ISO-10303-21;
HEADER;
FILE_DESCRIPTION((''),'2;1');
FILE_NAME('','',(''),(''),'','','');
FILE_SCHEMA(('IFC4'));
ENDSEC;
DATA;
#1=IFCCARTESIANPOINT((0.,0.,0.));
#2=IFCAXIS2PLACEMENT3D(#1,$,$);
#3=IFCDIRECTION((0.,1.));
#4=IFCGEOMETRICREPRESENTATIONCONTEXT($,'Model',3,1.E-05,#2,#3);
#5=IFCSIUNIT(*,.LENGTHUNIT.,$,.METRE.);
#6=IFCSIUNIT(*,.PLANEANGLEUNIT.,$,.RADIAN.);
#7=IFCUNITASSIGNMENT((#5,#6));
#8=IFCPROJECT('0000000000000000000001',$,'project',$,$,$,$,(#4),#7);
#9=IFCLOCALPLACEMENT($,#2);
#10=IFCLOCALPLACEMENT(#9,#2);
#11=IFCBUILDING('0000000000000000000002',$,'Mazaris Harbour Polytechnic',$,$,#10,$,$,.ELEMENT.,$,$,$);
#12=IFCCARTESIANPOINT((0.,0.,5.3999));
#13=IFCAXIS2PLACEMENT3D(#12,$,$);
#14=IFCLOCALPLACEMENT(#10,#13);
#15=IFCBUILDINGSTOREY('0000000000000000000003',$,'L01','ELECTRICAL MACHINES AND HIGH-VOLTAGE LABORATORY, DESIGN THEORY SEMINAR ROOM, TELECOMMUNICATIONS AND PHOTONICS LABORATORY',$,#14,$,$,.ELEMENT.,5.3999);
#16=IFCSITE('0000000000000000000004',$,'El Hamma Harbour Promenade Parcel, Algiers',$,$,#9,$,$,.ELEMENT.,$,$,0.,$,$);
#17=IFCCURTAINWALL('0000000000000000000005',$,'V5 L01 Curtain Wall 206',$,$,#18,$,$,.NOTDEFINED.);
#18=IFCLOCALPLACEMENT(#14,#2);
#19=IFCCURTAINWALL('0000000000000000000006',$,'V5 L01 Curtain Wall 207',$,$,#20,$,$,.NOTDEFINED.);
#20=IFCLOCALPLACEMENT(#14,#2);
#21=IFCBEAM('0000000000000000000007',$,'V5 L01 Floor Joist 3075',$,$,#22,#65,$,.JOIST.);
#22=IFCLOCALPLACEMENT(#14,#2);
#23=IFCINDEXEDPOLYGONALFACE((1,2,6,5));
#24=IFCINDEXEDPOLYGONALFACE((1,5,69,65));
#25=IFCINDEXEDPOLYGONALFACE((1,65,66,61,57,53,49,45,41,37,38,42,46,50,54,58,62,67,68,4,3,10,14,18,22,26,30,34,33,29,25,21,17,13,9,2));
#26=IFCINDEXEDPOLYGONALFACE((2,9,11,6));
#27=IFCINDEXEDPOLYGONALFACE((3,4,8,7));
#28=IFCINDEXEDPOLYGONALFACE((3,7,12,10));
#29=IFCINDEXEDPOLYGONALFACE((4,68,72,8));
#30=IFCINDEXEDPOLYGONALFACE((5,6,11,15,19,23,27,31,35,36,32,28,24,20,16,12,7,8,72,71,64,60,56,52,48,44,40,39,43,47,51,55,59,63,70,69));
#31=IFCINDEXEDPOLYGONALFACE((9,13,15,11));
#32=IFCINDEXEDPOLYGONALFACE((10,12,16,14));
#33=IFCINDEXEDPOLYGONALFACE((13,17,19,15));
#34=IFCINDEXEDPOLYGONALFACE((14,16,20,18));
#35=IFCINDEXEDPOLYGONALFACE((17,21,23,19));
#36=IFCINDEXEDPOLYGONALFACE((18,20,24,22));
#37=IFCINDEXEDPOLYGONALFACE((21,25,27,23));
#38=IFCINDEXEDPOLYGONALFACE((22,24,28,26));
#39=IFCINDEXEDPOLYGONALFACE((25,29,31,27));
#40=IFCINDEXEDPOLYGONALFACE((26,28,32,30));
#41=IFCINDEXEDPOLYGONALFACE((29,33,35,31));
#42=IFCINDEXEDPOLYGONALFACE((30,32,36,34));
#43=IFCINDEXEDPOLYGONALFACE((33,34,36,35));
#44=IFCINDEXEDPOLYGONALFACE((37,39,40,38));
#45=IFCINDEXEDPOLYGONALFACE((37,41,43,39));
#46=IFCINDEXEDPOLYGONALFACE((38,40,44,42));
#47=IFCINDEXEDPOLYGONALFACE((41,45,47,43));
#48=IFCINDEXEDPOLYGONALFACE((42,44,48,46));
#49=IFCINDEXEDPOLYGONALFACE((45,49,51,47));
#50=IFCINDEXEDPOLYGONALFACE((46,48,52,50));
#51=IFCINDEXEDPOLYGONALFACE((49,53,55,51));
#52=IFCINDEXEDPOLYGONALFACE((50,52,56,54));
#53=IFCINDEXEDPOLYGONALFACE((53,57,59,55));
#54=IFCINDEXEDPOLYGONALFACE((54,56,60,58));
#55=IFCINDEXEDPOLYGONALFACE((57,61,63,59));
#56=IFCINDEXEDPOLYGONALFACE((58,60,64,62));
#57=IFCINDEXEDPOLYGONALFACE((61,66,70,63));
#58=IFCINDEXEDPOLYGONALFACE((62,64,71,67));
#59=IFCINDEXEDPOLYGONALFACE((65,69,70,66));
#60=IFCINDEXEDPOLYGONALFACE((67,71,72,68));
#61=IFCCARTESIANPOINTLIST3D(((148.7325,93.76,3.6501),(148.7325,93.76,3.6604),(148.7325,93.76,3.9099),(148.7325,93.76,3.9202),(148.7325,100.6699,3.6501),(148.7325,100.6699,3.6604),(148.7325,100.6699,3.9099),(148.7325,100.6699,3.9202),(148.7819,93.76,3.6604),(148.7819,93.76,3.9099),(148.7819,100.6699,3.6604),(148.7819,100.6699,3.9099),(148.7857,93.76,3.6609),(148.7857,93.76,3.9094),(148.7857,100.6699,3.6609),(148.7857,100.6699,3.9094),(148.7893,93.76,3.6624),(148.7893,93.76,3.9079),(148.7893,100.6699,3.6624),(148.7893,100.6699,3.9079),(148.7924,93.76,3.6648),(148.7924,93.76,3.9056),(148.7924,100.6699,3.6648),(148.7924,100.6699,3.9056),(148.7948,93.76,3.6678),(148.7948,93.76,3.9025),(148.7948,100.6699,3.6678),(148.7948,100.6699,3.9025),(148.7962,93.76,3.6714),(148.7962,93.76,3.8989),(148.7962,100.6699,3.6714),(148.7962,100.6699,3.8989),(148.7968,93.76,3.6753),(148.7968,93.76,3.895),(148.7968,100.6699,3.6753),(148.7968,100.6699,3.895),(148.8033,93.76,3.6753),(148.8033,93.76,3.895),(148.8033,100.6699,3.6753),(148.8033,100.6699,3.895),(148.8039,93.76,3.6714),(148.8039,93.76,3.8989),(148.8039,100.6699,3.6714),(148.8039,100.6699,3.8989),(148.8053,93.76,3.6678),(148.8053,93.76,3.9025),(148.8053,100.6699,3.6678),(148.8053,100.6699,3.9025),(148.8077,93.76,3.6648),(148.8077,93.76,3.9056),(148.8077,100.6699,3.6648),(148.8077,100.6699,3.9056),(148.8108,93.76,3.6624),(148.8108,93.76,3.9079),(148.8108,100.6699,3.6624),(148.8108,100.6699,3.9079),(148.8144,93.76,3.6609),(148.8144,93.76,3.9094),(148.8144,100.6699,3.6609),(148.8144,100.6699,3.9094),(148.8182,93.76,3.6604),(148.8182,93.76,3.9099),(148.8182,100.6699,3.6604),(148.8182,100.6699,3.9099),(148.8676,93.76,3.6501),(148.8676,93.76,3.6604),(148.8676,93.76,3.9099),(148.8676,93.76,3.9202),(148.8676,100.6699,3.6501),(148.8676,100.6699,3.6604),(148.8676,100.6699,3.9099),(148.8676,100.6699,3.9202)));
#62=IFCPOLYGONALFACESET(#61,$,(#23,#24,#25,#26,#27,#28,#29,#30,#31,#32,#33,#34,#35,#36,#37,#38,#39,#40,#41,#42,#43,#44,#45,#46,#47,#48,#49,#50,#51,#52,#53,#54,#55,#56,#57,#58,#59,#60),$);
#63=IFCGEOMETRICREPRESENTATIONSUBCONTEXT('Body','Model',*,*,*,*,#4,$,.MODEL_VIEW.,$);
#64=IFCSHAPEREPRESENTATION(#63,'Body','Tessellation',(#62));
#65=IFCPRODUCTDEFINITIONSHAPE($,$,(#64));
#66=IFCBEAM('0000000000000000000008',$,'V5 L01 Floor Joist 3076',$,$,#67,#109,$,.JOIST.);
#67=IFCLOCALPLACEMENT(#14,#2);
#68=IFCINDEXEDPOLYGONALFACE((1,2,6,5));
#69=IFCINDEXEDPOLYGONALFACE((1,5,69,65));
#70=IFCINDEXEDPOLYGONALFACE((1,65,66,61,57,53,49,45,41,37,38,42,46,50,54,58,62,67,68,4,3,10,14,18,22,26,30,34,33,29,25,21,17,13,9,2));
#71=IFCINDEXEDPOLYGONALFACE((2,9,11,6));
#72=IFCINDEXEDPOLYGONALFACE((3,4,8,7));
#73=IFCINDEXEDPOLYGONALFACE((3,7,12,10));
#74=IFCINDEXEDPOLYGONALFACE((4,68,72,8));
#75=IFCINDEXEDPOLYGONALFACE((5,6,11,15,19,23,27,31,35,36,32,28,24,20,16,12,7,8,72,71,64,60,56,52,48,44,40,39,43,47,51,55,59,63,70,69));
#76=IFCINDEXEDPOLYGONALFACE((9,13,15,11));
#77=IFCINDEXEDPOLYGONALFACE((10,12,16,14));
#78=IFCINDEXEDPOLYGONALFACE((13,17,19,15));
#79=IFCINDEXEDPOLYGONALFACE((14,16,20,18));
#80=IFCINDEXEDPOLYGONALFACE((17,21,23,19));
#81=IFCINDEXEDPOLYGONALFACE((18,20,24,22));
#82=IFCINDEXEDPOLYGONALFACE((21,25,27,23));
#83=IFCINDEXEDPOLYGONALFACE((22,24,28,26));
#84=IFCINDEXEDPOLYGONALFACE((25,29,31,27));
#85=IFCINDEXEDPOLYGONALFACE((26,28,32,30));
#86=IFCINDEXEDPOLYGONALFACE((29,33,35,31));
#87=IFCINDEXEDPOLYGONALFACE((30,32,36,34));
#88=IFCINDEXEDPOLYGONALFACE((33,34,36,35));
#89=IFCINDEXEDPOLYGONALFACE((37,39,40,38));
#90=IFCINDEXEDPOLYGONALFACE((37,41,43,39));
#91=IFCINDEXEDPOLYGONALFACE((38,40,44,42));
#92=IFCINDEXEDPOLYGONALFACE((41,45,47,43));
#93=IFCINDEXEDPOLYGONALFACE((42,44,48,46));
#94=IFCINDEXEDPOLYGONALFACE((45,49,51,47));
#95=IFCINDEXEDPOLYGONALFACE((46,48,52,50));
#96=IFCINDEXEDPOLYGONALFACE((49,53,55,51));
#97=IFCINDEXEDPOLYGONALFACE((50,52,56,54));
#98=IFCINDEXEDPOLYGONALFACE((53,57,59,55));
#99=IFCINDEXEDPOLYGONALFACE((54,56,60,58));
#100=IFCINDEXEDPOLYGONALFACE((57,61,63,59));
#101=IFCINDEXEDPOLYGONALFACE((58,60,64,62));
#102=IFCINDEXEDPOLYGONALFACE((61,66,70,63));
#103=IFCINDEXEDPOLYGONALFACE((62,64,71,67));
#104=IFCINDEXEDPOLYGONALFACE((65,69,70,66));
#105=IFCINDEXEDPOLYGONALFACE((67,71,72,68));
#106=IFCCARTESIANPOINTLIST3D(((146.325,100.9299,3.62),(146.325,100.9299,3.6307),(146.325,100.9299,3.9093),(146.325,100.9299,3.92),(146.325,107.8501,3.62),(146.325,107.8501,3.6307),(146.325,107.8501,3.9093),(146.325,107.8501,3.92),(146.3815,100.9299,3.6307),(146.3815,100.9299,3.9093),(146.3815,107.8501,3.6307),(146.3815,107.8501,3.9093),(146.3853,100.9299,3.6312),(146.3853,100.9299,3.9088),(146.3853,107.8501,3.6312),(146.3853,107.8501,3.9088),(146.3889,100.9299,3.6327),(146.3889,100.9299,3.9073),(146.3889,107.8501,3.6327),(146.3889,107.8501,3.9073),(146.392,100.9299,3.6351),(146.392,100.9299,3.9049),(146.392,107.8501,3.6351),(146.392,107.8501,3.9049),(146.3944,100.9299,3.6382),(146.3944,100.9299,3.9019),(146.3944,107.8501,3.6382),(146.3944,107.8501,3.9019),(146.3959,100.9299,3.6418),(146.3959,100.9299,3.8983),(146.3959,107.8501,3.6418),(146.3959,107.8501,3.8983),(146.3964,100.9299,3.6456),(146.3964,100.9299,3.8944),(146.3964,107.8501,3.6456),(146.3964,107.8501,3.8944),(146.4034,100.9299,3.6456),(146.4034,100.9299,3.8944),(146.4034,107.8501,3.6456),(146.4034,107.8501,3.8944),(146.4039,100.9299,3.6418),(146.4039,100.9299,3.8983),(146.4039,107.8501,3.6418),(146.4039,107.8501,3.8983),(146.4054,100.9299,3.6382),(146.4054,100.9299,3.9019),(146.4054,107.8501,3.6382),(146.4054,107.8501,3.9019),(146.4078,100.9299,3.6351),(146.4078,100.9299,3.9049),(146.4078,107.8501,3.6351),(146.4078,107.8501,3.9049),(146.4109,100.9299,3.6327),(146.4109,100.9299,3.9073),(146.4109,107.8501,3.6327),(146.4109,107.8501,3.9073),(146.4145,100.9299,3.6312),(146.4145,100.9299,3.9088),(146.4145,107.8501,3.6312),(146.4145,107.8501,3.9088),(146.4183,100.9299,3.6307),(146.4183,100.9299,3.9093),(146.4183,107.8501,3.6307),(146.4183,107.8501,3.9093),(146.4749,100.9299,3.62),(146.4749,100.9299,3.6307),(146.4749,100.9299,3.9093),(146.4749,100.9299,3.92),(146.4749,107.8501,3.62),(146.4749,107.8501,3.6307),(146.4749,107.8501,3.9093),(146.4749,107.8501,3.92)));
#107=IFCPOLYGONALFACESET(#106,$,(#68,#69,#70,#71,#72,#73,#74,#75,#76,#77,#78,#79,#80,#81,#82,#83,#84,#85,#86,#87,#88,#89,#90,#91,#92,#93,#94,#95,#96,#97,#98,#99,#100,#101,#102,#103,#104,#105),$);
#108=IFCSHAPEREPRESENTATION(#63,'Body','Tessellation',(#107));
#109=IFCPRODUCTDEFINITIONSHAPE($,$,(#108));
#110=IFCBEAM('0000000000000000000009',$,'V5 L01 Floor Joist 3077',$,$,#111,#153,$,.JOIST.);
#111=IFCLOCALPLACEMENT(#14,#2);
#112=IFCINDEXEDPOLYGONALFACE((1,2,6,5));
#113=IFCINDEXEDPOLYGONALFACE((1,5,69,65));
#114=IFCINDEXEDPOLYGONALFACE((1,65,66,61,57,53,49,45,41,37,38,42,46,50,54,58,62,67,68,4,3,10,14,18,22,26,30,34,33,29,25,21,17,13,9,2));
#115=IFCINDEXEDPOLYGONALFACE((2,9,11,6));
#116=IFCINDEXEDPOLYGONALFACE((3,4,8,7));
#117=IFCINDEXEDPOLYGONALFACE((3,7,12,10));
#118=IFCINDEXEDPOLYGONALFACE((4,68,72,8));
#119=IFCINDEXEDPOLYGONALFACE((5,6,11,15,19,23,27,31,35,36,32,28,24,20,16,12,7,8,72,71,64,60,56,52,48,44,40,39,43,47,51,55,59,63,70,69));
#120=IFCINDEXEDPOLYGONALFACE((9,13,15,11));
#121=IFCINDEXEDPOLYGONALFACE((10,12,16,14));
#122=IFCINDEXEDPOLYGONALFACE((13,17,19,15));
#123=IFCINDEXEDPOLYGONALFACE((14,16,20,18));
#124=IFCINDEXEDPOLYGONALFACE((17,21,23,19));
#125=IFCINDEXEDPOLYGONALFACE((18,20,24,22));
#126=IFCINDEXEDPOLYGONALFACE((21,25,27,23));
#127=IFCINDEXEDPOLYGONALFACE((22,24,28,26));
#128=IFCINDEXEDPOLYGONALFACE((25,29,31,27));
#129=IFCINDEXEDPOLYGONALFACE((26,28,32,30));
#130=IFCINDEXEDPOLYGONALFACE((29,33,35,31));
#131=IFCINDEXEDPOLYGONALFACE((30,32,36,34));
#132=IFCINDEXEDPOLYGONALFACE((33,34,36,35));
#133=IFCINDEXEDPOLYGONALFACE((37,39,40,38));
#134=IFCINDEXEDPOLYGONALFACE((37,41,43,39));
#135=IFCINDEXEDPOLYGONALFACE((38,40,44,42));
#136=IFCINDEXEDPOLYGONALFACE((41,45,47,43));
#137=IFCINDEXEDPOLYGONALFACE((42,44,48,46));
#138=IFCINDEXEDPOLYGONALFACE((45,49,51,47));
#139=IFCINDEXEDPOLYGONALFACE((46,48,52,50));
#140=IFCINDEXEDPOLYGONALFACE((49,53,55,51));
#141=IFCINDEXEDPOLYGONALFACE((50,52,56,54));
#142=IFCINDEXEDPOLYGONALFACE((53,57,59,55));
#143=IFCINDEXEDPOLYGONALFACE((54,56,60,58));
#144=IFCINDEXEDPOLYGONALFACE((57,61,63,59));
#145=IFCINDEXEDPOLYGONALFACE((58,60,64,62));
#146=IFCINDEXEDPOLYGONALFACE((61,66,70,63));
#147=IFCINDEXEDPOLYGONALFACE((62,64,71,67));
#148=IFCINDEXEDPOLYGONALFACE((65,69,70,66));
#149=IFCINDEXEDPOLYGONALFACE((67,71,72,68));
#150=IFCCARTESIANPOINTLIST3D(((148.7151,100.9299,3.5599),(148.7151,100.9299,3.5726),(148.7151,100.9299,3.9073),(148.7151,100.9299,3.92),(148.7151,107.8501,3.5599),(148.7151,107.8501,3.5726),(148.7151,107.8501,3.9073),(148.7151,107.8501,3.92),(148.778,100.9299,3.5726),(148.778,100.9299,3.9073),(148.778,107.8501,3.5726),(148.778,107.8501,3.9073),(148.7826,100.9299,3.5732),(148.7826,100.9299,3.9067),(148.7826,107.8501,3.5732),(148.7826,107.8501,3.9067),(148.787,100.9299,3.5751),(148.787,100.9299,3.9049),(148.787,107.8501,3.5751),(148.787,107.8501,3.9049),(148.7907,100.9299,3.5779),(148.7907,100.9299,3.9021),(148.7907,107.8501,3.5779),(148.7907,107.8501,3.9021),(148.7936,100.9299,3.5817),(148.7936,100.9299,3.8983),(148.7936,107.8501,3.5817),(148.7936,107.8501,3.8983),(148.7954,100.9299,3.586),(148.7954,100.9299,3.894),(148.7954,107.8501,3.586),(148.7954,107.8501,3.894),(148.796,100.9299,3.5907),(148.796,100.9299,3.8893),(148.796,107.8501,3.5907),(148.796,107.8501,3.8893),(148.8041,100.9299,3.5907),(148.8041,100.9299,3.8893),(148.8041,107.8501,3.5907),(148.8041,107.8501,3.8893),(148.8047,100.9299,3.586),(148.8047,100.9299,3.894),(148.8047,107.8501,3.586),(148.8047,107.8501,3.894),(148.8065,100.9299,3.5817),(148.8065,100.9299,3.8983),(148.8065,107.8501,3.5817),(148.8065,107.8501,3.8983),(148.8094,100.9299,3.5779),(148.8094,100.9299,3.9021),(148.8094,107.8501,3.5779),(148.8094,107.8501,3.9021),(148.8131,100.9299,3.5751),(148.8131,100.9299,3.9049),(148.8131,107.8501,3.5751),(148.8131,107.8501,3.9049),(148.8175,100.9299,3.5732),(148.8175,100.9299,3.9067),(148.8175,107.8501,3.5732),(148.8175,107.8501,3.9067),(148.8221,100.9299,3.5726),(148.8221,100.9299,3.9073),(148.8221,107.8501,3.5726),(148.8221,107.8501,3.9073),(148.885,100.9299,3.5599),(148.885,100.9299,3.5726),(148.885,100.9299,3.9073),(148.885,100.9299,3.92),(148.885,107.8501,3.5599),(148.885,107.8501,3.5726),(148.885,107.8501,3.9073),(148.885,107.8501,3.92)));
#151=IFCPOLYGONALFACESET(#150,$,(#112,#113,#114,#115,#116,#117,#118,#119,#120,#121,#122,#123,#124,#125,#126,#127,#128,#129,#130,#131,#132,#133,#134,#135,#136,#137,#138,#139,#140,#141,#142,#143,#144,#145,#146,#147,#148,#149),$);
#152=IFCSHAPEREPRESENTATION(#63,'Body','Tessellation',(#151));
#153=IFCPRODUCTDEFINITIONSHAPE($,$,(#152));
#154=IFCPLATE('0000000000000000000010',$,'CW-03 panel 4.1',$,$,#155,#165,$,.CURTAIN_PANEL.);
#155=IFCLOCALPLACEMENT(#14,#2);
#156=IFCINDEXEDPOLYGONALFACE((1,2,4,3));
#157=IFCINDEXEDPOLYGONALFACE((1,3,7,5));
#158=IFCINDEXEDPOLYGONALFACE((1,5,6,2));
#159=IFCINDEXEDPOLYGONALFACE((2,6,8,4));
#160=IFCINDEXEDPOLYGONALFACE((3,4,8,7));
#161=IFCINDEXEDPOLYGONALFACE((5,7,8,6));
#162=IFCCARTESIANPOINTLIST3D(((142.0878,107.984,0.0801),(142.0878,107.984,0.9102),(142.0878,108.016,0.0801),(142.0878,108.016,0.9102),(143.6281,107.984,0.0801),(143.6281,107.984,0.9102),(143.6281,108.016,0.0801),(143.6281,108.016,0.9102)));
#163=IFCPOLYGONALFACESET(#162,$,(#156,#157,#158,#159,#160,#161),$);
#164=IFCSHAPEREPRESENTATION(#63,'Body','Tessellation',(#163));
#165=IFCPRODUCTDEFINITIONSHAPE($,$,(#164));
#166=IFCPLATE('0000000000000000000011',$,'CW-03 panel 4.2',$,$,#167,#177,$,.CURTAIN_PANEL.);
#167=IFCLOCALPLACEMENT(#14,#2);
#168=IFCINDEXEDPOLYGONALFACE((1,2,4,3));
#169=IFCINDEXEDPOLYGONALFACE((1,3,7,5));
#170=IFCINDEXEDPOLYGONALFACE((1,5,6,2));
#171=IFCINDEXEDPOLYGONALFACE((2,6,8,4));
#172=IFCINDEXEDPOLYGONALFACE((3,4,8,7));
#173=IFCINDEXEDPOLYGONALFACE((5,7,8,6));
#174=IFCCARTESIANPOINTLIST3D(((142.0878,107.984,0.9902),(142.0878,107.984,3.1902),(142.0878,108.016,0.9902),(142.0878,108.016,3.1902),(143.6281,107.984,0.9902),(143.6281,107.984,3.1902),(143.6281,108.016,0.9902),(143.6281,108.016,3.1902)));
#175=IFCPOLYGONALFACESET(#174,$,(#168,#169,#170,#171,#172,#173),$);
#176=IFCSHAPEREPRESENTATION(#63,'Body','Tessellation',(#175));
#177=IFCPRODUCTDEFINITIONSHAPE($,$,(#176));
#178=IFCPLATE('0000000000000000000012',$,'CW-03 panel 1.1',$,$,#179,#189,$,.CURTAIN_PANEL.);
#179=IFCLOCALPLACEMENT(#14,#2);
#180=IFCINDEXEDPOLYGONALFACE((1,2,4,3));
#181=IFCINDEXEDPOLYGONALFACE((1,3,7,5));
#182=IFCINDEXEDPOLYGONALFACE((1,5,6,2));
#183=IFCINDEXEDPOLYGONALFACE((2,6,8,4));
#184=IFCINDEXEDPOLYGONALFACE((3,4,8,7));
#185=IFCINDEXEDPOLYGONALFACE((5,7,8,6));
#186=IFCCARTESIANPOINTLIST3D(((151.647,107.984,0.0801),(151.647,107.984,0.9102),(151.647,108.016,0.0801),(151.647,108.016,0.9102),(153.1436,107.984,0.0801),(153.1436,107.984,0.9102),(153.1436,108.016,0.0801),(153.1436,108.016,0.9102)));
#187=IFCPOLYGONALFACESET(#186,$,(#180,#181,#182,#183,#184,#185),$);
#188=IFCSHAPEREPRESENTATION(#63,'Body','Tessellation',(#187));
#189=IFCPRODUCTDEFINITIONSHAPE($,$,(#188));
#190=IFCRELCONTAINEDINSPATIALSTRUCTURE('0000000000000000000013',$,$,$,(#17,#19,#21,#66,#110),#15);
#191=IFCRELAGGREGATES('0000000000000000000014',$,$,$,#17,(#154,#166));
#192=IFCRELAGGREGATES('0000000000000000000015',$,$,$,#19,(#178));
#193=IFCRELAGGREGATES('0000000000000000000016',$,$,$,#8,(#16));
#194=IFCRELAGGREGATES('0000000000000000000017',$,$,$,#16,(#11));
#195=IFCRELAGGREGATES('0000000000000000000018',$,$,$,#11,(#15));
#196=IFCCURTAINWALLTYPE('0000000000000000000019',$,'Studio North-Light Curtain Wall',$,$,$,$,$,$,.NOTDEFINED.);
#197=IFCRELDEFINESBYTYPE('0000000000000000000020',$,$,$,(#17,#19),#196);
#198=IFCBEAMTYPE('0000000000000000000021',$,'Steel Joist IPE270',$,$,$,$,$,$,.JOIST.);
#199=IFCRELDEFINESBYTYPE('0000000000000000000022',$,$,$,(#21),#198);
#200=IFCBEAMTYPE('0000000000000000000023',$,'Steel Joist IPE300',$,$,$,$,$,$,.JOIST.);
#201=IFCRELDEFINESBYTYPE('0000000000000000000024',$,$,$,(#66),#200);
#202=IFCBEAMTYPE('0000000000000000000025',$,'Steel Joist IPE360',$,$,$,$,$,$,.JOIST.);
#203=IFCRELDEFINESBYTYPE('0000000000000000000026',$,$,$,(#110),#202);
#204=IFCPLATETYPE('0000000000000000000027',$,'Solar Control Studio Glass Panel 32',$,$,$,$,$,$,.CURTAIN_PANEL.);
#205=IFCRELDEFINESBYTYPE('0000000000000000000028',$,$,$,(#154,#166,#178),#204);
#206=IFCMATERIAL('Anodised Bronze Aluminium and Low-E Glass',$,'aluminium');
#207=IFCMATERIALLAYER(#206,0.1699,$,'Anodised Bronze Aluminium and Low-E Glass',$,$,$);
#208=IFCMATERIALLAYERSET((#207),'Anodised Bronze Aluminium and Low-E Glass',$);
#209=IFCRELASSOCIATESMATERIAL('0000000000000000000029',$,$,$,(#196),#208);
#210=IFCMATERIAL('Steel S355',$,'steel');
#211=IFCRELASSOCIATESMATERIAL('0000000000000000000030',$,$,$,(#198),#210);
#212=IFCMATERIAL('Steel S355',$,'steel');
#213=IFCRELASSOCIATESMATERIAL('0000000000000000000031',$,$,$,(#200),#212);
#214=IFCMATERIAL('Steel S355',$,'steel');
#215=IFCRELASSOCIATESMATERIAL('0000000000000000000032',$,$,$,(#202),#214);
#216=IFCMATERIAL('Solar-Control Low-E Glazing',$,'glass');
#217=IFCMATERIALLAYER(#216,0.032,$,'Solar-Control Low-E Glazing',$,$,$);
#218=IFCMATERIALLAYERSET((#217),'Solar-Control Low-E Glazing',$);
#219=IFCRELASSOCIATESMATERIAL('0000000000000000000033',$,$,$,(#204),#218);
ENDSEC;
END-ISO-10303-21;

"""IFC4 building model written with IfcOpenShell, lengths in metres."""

from ifc_helpers import new_model, si_unit, direction, frame, origin, origin_2d, place, context, subcontext, project, spatial, rectangle, i_section, extrude, material, layer, layer_set, material_profile, profile_set, type_object, element, aggregate, save


model = new_model("IFC4")

# Units and contexts
model_context = context("Model", 3, precision=1e-05, world=origin(), true_north=direction((0.0, 1.0)))
body_context = subcontext(model_context, "Body", "Model", "MODEL_VIEW")
ifc_project = project(units=[si_unit("LENGTHUNIT", "METRE"), si_unit("PLANEANGLEUNIT", "RADIAN")], contexts=[model_context])

# Site, building, storey
site_placement = place(None, origin())
site = spatial("IfcSite", under=ifc_project, at=site_placement, Name="El Hamma Harbour Promenade Parcel, Algiers", CompositionType="ELEMENT", RefElevation=0.0)
building_placement = place(site_placement, origin())
building = spatial("IfcBuilding", under=site, at=building_placement, Name="Mazaris Harbour Polytechnic", CompositionType="ELEMENT")
storey_placement = place(building_placement, frame((0.0, 0.0, 5.3999)))
storey = spatial("IfcBuildingStorey", under=building, at=storey_placement, Name="L01", Description="ELECTRICAL MACHINES AND HIGH-VOLTAGE LABORATORY, DESIGN THEORY SEMINAR ROOM, TELECOMMUNICATIONS AND PHOTONICS LABORATORY", CompositionType="ELEMENT", Elevation=5.3999)

# Curtain wall
ifc_material_1 = material(Name="Anodised Bronze Aluminium and Low-E Glass", Category="aluminium")
ifc_layer_1 = layer(ifc_material_1, 0.1699, Name="Anodised Bronze Aluminium and Low-E Glass")
ifc_layer_set_1 = layer_set([ifc_layer_1], Name="Anodised Bronze Aluminium and Low-E Glass")
curtain_wall_type = type_object("IfcCurtainWallType", Name="Studio North-Light Curtain Wall", PredefinedType="NOTDEFINED", material=ifc_layer_set_1)
curtain_wall_1_placement = place(storey_placement, origin())
curtain_wall_1 = element("IfcCurtainWall", 1, at=curtain_wall_1_placement, inside=storey, type_object=curtain_wall_type, Name="V5 L01 Curtain Wall 206", PredefinedType="NOTDEFINED")

# Curtain wall
curtain_wall_2_placement = place(storey_placement, origin())
curtain_wall_2 = element("IfcCurtainWall", 2, at=curtain_wall_2_placement, inside=storey, type_object=curtain_wall_type, Name="V5 L01 Curtain Wall 207", PredefinedType="NOTDEFINED")

# Beams
ifc_material_2 = material(Name="Steel S355", Category="steel")
ifc_material_profile_1 = material_profile(ifc_material_2, i_section(OverallWidth=0.135, OverallDepth=0.27, WebThickness=0.0066, FlangeThickness=0.0103, FilletRadius=0.0149, at=origin_2d()), Name="IPE 270")
ifc_profile_set_1 = profile_set([ifc_material_profile_1], Name="Steel S355")
beam_type_1 = type_object("IfcBeamType", Name="Steel Joist IPE270", PredefinedType="JOIST", material=ifc_profile_set_1)
beam_1_placement = place(storey_placement, frame((148.8, 93.76, 3.7852), z_axis=(0.0, 1.0, 0.0), x_axis=(-1.0, 0.0, 0.0)))
element("IfcBeam", 3, at=beam_1_placement, inside=storey, type_object=beam_type_1, Name="V5 L01 Floor Joist 3075", PredefinedType="JOIST", context=body_context, shape_type="SweptSolid", body=[
    extrude(i_section(OverallWidth=0.135, OverallDepth=0.27, WebThickness=0.0066, FlangeThickness=0.0103, FilletRadius=0.0149, at=origin_2d()), origin(), (0.0, 0.0, 1.0), 6.9099),
])
ifc_material_3 = material(Name="Steel S355", Category="steel")
ifc_material_profile_2 = material_profile(ifc_material_3, i_section(OverallWidth=0.1499, OverallDepth=0.3, WebThickness=0.0071, FlangeThickness=0.0107, FilletRadius=0.0149, at=origin_2d()), Name="IPE 300")
ifc_profile_set_2 = profile_set([ifc_material_profile_2], Name="Steel S355")
beam_type_2 = type_object("IfcBeamType", Name="Steel Joist IPE300", PredefinedType="JOIST", material=ifc_profile_set_2)
beam_2_placement = place(storey_placement, frame((146.3999, 100.9299, 3.77), z_axis=(0.0, 1.0, 0.0), x_axis=(-1.0, 0.0, 0.0)))
element("IfcBeam", 4, at=beam_2_placement, inside=storey, type_object=beam_type_2, Name="V5 L01 Floor Joist 3076", PredefinedType="JOIST", context=body_context, shape_type="SweptSolid", body=[
    extrude(i_section(OverallWidth=0.1499, OverallDepth=0.3, WebThickness=0.0071, FlangeThickness=0.0107, FilletRadius=0.0149, at=origin_2d()), origin(), (0.0, 0.0, 1.0), 6.9202),
])
ifc_material_4 = material(Name="Steel S355", Category="steel")
ifc_material_profile_3 = material_profile(ifc_material_4, i_section(OverallWidth=0.1699, OverallDepth=0.3601, WebThickness=0.0081, FlangeThickness=0.0127, FilletRadius=0.0181, at=origin_2d()), Name="IPE 360")
ifc_profile_set_3 = profile_set([ifc_material_profile_3], Name="Steel S355")
beam_type_3 = type_object("IfcBeamType", Name="Steel Joist IPE360", PredefinedType="JOIST", material=ifc_profile_set_3)
beam_3_placement = place(storey_placement, frame((148.8, 100.9299, 3.74), z_axis=(0.0, 1.0, 0.0), x_axis=(-1.0, 0.0, 0.0)))
element("IfcBeam", 5, at=beam_3_placement, inside=storey, type_object=beam_type_3, Name="V5 L01 Floor Joist 3077", PredefinedType="JOIST", context=body_context, shape_type="SweptSolid", body=[
    extrude(i_section(OverallWidth=0.1699, OverallDepth=0.3601, WebThickness=0.0081, FlangeThickness=0.0127, FilletRadius=0.0181, at=origin_2d()), origin(), (0.0, 0.0, 1.0), 6.9202),
])

# Plates
ifc_material_5 = material(Name="Solar-Control Low-E Glazing", Category="glass")
ifc_layer_2 = layer(ifc_material_5, 0.032, Name="Solar-Control Low-E Glazing")
ifc_layer_set_2 = layer_set([ifc_layer_2], Name="Solar-Control Low-E Glazing")
plate_type = type_object("IfcPlateType", Name="Solar Control Studio Glass Panel 32", PredefinedType="CURTAIN_PANEL", material=ifc_layer_set_2)
plate_1_placement = place(storey_placement, frame((142.8579, 108.0, 0.0801), z_axis=(0.0, 0.0, 1.0), x_axis=(1.0, 0.0, 0.0)))
plate_1 = element("IfcPlate", 6, at=plate_1_placement, type_object=plate_type, Name="CW-03 panel 4.1", PredefinedType="CURTAIN_PANEL", context=body_context, shape_type="SweptSolid", body=[
    extrude(rectangle(XDim=1.5403, YDim=0.032, at=origin_2d()), origin(), (0.0, 0.0, 1.0), 0.8301),
])
plate_2_placement = place(storey_placement, frame((142.8579, 108.0, 0.9902), z_axis=(0.0, 0.0, 1.0), x_axis=(1.0, 0.0, 0.0)))
plate_2 = element("IfcPlate", 7, at=plate_2_placement, type_object=plate_type, Name="CW-03 panel 4.2", PredefinedType="CURTAIN_PANEL", context=body_context, shape_type="SweptSolid", body=[
    extrude(rectangle(XDim=1.5403, YDim=0.032, at=origin_2d()), origin(), (0.0, 0.0, 1.0), 2.2),
])
aggregate(curtain_wall_1, [plate_1, plate_2])
plate_3_placement = place(storey_placement, frame((152.3953, 108.0, 0.0801), z_axis=(0.0, 0.0, 1.0), x_axis=(1.0, 0.0, 0.0)))
plate_3 = element("IfcPlate", 8, at=plate_3_placement, type_object=plate_type, Name="CW-03 panel 1.1", PredefinedType="CURTAIN_PANEL", context=body_context, shape_type="SweptSolid", body=[
    extrude(rectangle(XDim=1.4966, YDim=0.032, at=origin_2d()), origin(), (0.0, 0.0, 1.0), 0.8301),
])
aggregate(curtain_wall_2, [plate_3])

save(model, "model.ifc")
